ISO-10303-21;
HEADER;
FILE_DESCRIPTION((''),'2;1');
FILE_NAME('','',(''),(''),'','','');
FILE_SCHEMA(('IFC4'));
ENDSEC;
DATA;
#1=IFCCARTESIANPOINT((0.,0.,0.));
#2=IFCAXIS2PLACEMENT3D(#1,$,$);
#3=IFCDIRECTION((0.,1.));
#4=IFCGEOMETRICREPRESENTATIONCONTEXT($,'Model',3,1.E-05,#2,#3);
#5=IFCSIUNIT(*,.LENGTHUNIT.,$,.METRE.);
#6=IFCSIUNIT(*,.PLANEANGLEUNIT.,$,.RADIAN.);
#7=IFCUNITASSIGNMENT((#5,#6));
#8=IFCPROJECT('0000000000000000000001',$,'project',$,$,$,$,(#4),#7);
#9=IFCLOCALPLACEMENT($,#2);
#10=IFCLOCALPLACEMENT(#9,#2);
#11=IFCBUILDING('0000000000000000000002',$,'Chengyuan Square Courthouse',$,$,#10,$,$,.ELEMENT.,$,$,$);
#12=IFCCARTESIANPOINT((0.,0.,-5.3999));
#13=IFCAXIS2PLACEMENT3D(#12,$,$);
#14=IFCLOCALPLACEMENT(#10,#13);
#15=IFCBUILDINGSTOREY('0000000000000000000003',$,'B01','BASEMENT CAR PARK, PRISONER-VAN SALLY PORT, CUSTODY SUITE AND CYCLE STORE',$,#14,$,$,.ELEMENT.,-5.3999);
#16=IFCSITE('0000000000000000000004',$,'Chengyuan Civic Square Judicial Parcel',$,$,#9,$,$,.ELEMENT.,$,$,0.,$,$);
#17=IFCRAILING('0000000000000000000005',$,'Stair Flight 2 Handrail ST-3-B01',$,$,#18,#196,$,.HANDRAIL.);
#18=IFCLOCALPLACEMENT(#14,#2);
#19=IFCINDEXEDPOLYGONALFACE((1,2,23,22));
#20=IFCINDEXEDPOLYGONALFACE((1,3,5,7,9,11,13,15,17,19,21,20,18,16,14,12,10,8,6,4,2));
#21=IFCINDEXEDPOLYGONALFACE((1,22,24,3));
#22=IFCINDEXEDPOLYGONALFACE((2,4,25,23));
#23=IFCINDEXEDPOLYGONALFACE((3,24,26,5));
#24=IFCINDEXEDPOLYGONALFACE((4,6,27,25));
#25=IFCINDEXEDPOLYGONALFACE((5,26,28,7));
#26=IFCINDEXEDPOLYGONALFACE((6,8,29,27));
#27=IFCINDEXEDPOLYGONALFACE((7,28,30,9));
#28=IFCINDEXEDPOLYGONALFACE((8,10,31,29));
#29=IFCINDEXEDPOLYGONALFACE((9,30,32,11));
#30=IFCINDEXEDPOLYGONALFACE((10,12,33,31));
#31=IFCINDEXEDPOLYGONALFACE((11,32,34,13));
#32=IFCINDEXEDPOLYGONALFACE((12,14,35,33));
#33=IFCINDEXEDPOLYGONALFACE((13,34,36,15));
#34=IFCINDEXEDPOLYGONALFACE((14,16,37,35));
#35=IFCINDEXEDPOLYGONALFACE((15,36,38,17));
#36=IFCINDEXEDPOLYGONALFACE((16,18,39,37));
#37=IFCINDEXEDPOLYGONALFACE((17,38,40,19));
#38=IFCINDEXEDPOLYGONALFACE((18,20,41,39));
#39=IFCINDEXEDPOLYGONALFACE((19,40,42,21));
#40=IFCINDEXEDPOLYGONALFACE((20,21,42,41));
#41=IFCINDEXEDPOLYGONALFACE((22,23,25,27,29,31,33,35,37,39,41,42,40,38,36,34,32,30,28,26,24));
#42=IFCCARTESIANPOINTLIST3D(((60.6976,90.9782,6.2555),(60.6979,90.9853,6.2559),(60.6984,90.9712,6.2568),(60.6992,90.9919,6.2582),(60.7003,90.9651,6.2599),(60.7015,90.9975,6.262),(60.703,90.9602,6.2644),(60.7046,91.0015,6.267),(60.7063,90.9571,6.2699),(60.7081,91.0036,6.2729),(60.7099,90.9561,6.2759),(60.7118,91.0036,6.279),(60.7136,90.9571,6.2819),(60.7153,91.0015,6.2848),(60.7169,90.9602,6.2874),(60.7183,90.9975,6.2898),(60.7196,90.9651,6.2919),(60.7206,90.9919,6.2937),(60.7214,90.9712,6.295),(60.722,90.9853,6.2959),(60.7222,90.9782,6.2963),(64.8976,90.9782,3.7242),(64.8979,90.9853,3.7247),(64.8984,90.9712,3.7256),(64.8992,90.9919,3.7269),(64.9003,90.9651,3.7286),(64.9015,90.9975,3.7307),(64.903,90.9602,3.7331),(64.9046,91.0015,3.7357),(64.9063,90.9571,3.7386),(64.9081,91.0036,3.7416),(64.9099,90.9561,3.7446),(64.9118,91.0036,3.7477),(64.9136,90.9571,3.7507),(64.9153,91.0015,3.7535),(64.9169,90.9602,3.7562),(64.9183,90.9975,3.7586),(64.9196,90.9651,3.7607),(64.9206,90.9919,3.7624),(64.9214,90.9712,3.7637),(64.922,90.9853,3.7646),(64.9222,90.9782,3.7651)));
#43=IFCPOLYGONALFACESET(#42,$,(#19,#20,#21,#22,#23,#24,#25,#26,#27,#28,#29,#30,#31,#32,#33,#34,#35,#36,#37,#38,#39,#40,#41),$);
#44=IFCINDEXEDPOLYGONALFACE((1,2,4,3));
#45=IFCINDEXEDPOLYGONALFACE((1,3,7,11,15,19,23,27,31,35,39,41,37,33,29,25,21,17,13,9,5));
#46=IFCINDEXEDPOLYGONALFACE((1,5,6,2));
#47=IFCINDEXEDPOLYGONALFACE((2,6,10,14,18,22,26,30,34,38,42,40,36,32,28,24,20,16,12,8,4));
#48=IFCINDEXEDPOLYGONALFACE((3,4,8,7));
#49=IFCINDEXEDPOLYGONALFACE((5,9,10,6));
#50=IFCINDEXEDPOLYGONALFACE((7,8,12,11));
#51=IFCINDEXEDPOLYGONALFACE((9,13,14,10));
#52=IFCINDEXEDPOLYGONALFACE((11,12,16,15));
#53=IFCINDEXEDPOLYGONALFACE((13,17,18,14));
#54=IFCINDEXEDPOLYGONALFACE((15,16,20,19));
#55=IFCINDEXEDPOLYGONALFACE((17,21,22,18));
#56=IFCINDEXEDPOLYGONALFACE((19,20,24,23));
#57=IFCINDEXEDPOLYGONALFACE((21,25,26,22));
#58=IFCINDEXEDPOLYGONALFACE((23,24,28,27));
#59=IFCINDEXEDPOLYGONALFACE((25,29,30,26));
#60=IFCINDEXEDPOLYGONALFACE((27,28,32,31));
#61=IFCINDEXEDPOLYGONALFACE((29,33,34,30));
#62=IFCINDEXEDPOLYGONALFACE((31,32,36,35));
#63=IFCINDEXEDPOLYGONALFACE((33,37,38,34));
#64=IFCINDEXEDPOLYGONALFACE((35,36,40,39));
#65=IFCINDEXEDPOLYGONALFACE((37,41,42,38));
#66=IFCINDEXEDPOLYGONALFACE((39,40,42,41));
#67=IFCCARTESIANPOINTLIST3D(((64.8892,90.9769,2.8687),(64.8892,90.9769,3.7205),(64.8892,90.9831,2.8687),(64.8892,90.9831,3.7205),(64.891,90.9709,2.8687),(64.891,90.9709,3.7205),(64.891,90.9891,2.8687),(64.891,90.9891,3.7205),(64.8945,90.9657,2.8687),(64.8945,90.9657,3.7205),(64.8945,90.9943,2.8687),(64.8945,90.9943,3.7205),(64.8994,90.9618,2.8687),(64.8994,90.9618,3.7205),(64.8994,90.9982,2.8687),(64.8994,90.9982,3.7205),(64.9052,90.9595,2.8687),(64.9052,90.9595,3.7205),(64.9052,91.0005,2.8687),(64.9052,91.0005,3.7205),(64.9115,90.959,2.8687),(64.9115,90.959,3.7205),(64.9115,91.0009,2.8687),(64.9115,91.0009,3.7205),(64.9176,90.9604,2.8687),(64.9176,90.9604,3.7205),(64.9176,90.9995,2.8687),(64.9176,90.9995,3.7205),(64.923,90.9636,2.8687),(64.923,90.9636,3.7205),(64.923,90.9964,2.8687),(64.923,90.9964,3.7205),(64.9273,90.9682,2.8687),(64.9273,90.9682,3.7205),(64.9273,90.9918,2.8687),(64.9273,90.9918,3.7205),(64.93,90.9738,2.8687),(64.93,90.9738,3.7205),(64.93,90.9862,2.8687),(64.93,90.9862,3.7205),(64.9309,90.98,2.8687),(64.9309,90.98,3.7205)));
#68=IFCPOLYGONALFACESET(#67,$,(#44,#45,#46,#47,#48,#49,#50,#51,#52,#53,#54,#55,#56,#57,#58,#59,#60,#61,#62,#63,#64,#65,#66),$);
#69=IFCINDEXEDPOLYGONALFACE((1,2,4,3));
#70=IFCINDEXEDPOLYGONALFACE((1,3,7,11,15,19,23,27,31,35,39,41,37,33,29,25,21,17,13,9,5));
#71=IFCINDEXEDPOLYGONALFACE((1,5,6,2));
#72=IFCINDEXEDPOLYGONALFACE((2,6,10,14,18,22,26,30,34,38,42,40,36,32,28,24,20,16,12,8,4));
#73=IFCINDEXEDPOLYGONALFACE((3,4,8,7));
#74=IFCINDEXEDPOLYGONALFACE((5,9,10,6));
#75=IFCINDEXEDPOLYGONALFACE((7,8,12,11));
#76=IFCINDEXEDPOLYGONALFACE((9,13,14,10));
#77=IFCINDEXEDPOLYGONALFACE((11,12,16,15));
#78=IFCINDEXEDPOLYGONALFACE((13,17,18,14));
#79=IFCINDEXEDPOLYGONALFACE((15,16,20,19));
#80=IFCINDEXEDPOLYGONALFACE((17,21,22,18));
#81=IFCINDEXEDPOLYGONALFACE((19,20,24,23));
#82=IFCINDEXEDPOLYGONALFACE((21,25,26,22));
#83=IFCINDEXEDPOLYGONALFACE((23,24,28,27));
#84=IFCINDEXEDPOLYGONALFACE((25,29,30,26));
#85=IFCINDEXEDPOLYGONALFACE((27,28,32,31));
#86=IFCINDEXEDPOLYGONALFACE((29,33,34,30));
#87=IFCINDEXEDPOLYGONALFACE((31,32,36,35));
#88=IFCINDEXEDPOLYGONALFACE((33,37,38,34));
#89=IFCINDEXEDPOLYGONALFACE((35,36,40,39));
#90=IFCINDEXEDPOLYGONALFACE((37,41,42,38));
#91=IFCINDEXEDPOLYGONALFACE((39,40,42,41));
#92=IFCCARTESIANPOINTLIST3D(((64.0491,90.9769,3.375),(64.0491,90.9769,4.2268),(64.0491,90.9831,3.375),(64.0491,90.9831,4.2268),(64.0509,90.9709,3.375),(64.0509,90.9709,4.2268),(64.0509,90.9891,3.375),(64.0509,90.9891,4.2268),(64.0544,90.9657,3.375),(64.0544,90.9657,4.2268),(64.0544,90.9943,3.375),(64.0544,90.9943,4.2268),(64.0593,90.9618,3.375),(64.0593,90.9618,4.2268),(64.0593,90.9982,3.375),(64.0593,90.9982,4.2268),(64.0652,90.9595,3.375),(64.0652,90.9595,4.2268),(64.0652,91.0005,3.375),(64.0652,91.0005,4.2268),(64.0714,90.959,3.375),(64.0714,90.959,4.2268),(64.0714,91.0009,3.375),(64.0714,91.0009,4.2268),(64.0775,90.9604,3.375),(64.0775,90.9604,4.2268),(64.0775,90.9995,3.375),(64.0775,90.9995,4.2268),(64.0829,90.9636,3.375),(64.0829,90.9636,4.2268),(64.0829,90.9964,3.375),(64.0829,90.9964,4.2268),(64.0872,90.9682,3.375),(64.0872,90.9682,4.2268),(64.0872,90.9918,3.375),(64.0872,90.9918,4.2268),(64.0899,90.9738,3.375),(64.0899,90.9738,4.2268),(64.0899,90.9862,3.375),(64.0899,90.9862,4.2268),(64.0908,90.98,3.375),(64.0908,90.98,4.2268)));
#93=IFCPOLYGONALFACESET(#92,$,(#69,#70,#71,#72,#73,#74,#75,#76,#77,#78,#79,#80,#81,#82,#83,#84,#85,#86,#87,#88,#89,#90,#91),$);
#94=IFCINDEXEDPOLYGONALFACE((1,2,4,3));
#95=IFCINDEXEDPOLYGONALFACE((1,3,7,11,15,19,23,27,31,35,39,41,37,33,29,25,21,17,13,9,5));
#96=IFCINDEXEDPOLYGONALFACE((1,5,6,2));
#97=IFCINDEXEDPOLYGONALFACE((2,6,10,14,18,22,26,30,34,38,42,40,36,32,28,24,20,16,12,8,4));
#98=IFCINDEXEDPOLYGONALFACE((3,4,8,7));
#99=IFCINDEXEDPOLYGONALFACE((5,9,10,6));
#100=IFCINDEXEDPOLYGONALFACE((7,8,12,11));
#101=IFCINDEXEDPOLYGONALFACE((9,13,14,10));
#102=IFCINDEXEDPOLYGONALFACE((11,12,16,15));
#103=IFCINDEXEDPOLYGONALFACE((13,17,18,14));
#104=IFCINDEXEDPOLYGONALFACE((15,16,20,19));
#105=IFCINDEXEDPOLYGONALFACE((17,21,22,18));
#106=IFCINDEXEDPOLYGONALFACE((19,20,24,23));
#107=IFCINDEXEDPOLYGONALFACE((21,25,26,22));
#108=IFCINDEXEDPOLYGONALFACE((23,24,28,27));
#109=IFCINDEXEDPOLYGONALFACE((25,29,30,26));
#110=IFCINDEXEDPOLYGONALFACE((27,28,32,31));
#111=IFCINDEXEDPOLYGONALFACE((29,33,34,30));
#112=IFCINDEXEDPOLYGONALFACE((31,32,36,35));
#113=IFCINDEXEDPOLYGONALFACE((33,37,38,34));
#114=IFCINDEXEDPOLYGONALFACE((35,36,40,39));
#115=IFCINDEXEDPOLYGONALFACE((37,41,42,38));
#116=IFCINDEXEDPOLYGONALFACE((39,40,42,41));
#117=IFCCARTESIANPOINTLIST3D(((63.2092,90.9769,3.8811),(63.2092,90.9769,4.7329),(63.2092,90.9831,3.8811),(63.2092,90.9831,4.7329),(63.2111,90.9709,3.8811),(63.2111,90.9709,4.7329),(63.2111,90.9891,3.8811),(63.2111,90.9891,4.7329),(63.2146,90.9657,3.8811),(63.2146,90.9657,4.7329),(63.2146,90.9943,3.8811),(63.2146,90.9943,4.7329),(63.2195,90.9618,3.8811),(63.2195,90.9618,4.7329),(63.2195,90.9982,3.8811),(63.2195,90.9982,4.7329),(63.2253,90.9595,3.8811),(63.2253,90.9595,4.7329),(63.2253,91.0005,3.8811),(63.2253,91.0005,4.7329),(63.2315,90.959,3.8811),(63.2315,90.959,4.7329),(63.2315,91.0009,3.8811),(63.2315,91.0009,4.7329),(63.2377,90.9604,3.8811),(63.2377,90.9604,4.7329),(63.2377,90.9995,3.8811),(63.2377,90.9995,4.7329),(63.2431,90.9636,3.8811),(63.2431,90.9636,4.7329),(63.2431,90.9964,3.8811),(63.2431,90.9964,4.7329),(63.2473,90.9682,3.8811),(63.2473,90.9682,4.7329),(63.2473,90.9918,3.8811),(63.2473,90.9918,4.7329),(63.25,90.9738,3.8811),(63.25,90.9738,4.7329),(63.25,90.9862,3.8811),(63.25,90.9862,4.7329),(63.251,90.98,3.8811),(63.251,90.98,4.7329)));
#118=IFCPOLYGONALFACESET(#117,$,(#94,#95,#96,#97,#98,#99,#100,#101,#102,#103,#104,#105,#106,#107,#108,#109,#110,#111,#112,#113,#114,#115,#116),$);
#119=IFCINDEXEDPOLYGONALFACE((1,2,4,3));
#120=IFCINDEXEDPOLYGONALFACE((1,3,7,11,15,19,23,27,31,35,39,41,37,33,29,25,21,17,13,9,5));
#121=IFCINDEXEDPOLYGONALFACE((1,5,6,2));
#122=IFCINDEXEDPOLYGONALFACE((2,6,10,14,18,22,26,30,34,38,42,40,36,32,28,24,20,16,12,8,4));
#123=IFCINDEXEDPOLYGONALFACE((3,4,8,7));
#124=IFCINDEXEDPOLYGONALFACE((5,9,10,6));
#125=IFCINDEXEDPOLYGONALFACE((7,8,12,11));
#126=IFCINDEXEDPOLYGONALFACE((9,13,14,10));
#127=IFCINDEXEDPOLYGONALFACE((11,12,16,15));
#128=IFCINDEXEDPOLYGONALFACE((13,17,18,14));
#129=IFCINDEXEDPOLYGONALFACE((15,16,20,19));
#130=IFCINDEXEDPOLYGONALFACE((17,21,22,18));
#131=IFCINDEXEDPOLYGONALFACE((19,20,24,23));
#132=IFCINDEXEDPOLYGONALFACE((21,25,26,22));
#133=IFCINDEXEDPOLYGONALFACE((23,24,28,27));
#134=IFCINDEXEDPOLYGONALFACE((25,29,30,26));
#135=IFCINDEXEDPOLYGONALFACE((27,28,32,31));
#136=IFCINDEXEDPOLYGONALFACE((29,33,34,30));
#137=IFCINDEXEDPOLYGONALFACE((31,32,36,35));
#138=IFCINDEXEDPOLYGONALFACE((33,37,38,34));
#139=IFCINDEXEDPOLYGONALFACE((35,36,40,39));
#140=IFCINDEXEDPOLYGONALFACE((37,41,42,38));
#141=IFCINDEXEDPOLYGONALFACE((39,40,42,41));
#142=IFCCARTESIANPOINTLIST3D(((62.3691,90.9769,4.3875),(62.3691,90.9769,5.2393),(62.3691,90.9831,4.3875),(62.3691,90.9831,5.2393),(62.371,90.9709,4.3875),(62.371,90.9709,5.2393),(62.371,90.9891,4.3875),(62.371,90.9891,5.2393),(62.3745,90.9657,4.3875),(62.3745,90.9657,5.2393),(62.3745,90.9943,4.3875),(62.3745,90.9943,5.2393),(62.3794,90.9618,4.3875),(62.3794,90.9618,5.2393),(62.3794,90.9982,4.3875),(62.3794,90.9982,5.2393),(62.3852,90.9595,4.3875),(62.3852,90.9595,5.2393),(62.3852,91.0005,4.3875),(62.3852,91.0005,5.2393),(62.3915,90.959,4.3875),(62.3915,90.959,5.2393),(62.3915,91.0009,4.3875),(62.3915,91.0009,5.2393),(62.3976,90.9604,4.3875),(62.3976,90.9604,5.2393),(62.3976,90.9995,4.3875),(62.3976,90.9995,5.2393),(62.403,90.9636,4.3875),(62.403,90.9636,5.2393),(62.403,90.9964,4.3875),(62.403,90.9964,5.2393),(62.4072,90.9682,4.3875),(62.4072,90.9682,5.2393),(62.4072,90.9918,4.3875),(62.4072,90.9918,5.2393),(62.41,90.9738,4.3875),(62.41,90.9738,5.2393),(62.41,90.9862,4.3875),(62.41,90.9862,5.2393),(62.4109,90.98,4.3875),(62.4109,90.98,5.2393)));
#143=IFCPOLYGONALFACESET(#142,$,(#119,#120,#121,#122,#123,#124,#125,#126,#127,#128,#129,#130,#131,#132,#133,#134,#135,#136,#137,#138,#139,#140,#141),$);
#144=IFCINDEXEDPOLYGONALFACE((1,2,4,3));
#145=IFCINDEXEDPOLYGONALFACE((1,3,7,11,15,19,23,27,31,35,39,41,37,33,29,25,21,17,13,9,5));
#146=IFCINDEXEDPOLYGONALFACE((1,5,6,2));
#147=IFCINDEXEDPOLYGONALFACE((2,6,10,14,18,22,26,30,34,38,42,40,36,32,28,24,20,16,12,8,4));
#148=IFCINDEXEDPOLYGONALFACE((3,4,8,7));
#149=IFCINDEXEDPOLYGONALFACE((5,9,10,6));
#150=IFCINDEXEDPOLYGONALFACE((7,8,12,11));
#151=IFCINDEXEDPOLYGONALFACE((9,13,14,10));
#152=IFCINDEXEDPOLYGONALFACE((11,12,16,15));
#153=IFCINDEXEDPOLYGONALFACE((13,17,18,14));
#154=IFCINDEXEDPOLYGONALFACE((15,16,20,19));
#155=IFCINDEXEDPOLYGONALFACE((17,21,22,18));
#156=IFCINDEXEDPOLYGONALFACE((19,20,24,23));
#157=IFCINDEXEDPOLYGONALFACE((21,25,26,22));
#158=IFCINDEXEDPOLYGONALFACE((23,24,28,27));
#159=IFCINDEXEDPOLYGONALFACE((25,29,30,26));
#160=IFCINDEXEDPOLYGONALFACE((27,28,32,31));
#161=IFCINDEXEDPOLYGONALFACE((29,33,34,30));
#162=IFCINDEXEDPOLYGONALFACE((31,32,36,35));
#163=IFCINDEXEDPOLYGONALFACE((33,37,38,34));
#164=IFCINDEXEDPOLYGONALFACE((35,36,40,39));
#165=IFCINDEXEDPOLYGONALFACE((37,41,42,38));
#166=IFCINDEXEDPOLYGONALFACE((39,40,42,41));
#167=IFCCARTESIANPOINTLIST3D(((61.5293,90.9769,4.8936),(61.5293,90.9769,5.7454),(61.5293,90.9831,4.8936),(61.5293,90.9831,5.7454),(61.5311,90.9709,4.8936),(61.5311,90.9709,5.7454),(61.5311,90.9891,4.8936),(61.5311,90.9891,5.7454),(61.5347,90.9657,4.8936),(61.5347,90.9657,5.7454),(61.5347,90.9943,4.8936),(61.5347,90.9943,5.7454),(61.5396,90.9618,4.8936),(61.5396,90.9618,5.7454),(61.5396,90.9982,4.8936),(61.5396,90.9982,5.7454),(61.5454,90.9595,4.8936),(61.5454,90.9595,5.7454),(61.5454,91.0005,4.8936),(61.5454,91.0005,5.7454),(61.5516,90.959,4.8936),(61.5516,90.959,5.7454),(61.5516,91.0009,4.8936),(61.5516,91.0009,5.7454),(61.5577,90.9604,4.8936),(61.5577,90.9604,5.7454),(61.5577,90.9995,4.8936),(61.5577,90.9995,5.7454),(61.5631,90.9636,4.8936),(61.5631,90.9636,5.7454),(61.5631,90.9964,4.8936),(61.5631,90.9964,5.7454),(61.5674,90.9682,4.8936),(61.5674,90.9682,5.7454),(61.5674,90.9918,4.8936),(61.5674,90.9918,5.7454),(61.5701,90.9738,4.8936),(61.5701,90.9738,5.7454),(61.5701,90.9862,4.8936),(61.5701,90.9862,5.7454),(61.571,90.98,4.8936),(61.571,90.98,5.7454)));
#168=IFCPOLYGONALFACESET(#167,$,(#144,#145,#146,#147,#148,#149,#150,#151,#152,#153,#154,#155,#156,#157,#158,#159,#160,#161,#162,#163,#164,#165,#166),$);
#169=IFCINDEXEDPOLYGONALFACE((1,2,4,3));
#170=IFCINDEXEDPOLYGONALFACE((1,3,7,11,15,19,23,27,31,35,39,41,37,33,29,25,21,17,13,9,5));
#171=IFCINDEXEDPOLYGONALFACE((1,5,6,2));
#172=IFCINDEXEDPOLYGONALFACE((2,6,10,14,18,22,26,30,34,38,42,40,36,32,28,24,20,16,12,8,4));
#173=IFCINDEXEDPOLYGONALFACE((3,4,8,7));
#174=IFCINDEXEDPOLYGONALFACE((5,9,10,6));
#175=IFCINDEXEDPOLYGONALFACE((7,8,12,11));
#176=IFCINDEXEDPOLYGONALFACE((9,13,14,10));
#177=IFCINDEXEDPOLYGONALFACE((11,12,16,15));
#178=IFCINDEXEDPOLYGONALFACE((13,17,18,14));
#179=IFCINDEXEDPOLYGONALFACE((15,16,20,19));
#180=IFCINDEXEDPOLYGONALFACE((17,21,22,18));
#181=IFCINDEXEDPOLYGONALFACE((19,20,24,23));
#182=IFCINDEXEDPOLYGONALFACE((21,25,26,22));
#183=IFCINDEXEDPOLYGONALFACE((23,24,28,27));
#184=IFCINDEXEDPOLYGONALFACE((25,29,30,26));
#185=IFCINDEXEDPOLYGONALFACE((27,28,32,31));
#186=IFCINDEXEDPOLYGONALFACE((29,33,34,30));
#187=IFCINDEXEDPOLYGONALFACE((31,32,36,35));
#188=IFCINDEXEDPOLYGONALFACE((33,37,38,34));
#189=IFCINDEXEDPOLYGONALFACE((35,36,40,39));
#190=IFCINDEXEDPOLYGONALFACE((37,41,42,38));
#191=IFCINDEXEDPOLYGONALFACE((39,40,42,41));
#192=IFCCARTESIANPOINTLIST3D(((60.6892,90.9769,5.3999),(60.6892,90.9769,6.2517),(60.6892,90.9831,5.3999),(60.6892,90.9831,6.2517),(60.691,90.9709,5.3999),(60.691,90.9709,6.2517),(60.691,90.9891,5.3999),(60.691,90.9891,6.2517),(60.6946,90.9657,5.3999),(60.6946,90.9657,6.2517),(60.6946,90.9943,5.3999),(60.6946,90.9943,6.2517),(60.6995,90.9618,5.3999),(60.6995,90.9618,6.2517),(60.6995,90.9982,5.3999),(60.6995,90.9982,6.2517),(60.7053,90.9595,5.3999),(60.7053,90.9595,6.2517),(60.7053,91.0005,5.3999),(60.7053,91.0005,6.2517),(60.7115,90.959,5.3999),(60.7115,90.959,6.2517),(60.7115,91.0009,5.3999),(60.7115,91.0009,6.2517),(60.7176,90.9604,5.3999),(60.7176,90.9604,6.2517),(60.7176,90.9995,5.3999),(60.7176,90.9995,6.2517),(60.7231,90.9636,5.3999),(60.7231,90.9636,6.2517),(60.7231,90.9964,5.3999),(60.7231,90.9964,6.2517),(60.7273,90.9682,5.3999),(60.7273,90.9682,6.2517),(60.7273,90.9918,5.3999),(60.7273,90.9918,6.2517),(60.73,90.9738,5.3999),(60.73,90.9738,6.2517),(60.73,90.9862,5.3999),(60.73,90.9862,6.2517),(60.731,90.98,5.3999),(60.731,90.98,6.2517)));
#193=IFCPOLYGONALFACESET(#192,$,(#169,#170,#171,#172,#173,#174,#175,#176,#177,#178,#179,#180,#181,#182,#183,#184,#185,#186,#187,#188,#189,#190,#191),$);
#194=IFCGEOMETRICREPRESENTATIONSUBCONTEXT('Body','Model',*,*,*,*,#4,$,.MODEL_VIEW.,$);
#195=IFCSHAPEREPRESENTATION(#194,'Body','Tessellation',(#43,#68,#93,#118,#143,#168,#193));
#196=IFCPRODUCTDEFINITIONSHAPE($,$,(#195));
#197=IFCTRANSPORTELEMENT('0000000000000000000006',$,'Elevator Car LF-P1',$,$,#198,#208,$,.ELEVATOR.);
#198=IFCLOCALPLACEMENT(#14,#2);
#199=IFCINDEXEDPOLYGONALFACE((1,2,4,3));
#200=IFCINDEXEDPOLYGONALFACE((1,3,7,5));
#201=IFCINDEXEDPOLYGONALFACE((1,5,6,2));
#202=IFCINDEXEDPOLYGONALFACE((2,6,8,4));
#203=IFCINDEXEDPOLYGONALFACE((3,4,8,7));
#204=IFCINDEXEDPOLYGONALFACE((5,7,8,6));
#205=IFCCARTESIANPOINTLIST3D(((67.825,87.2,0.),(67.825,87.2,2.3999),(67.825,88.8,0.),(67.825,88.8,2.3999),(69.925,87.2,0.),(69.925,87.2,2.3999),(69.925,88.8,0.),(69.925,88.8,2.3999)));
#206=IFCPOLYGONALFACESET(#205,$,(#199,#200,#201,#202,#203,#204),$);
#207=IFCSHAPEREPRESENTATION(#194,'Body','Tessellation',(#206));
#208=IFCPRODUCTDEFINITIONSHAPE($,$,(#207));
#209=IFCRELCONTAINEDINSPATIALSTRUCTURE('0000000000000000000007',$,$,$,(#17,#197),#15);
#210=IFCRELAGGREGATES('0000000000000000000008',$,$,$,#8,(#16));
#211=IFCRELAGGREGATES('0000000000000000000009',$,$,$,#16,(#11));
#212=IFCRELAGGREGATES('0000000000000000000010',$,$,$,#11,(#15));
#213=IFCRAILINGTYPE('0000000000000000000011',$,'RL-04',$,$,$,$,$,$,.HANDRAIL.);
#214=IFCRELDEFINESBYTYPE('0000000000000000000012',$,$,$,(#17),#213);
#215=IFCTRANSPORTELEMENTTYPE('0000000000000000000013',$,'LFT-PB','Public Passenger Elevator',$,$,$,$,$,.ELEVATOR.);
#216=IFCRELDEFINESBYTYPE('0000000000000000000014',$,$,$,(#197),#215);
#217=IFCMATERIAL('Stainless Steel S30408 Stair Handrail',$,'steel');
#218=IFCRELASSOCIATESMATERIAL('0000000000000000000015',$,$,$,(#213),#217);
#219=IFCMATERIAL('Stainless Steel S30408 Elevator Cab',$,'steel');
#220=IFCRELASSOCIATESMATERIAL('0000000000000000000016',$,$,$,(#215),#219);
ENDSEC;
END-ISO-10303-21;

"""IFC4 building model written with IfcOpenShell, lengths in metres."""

from ifc_helpers import new_model, si_unit, direction, frame, origin, origin_2d, place, context, subcontext, project, spatial, rectangle, circle, extrude, material, type_object, element, save


model = new_model("IFC4")

# Units and contexts
model_context = context("Model", 3, precision=1e-05, world=origin(), true_north=direction((0.0, 1.0)))
body_context = subcontext(model_context, "Body", "Model", "MODEL_VIEW")
ifc_project = project(units=[si_unit("LENGTHUNIT", "METRE"), si_unit("PLANEANGLEUNIT", "RADIAN")], contexts=[model_context])

# Site, building, storey
site_placement = place(None, origin())
site = spatial("IfcSite", under=ifc_project, at=site_placement, Name="Chengyuan Civic Square Judicial Parcel", CompositionType="ELEMENT", RefElevation=0.0)
building_placement = place(site_placement, origin())
building = spatial("IfcBuilding", under=site, at=building_placement, Name="Chengyuan Square Courthouse", CompositionType="ELEMENT")
storey_placement = place(building_placement, frame((0.0, 0.0, -5.3999)))
storey = spatial("IfcBuildingStorey", under=building, at=storey_placement, Name="B01", Description="BASEMENT CAR PARK, PRISONER-VAN SALLY PORT, CUSTODY SUITE AND CYCLE STORE", CompositionType="ELEMENT", Elevation=-5.3999)

# Railing
ifc_material_1 = material(Name="Stainless Steel S30408 Stair Handrail", Category="steel")
railing_type_1 = type_object("IfcRailingType", Name="RL-04", PredefinedType="HANDRAIL", material=ifc_material_1)
railing_1_placement = place(storey_placement, frame((64.9099, 90.98, 2.8687)))
element("IfcRailing", 1, at=railing_1_placement, inside=storey, type_object=railing_type_1, Name="Stair Flight 2 Handrail ST-3-B01", PredefinedType="HANDRAIL", context=body_context, shape_type="SweptSolid", body=[
    extrude(circle(Radius=0.0239, at=origin_2d()), frame((0.0, 0.0, 0.876), z_axis=(-0.856476, 0.0, 0.516186), x_axis=(0.0, -1.0, 0.0)), (0.0, 0.0, 1.0), 4.9038),
    extrude(circle(Radius=0.021, at=origin_2d()), origin(), (0.0, 0.0, 1.0), 0.8518),
    extrude(circle(Radius=0.021, at=origin_2d()), frame((-0.8401, 0.0, 0.5063)), (0.0, 0.0, 1.0), 0.8518),
    extrude(circle(Radius=0.021, at=origin_2d()), frame((-1.6799, 0.0, 1.0125)), (0.0, 0.0, 1.0), 0.8518),
    extrude(circle(Radius=0.021, at=origin_2d()), frame((-2.52, 0.0, 1.5188)), (0.0, 0.0, 1.0), 0.8518),
    extrude(circle(Radius=0.021, at=origin_2d()), frame((-3.3599, 0.0, 2.0249)), (0.0, 0.0, 1.0), 0.8518),
    extrude(circle(Radius=0.021, at=origin_2d()), frame((-4.2, 0.0, 2.5312)), (0.0, 0.0, 1.0), 0.8518),
])

# Transport element
ifc_material_2 = material(Name="Stainless Steel S30408 Elevator Cab", Category="steel")
transport_element_type = type_object("IfcTransportElementType", Name="LFT-PB", Description="Public Passenger Elevator", PredefinedType="ELEVATOR", material=ifc_material_2)
for number, where, z_axis, x_axis, name in (
    (2, (68.875, 88.0, 0.0), (0.0, 0.0, 1.0), (1.0, 0.0, 0.0), "Elevator Car LF-P1"),
):
    element("IfcTransportElement", number, at=place(storey_placement, frame(where, z_axis=z_axis, x_axis=x_axis)), inside=storey, type_object=transport_element_type, Name=name, PredefinedType="ELEVATOR", context=body_context, shape_type="SweptSolid", body=[
        extrude(rectangle(XDim=2.1001, YDim=1.6001, at=origin_2d()), origin(), (0.0, 0.0, 1.0), 2.3999),
    ])

save(model, "model.ifc")
